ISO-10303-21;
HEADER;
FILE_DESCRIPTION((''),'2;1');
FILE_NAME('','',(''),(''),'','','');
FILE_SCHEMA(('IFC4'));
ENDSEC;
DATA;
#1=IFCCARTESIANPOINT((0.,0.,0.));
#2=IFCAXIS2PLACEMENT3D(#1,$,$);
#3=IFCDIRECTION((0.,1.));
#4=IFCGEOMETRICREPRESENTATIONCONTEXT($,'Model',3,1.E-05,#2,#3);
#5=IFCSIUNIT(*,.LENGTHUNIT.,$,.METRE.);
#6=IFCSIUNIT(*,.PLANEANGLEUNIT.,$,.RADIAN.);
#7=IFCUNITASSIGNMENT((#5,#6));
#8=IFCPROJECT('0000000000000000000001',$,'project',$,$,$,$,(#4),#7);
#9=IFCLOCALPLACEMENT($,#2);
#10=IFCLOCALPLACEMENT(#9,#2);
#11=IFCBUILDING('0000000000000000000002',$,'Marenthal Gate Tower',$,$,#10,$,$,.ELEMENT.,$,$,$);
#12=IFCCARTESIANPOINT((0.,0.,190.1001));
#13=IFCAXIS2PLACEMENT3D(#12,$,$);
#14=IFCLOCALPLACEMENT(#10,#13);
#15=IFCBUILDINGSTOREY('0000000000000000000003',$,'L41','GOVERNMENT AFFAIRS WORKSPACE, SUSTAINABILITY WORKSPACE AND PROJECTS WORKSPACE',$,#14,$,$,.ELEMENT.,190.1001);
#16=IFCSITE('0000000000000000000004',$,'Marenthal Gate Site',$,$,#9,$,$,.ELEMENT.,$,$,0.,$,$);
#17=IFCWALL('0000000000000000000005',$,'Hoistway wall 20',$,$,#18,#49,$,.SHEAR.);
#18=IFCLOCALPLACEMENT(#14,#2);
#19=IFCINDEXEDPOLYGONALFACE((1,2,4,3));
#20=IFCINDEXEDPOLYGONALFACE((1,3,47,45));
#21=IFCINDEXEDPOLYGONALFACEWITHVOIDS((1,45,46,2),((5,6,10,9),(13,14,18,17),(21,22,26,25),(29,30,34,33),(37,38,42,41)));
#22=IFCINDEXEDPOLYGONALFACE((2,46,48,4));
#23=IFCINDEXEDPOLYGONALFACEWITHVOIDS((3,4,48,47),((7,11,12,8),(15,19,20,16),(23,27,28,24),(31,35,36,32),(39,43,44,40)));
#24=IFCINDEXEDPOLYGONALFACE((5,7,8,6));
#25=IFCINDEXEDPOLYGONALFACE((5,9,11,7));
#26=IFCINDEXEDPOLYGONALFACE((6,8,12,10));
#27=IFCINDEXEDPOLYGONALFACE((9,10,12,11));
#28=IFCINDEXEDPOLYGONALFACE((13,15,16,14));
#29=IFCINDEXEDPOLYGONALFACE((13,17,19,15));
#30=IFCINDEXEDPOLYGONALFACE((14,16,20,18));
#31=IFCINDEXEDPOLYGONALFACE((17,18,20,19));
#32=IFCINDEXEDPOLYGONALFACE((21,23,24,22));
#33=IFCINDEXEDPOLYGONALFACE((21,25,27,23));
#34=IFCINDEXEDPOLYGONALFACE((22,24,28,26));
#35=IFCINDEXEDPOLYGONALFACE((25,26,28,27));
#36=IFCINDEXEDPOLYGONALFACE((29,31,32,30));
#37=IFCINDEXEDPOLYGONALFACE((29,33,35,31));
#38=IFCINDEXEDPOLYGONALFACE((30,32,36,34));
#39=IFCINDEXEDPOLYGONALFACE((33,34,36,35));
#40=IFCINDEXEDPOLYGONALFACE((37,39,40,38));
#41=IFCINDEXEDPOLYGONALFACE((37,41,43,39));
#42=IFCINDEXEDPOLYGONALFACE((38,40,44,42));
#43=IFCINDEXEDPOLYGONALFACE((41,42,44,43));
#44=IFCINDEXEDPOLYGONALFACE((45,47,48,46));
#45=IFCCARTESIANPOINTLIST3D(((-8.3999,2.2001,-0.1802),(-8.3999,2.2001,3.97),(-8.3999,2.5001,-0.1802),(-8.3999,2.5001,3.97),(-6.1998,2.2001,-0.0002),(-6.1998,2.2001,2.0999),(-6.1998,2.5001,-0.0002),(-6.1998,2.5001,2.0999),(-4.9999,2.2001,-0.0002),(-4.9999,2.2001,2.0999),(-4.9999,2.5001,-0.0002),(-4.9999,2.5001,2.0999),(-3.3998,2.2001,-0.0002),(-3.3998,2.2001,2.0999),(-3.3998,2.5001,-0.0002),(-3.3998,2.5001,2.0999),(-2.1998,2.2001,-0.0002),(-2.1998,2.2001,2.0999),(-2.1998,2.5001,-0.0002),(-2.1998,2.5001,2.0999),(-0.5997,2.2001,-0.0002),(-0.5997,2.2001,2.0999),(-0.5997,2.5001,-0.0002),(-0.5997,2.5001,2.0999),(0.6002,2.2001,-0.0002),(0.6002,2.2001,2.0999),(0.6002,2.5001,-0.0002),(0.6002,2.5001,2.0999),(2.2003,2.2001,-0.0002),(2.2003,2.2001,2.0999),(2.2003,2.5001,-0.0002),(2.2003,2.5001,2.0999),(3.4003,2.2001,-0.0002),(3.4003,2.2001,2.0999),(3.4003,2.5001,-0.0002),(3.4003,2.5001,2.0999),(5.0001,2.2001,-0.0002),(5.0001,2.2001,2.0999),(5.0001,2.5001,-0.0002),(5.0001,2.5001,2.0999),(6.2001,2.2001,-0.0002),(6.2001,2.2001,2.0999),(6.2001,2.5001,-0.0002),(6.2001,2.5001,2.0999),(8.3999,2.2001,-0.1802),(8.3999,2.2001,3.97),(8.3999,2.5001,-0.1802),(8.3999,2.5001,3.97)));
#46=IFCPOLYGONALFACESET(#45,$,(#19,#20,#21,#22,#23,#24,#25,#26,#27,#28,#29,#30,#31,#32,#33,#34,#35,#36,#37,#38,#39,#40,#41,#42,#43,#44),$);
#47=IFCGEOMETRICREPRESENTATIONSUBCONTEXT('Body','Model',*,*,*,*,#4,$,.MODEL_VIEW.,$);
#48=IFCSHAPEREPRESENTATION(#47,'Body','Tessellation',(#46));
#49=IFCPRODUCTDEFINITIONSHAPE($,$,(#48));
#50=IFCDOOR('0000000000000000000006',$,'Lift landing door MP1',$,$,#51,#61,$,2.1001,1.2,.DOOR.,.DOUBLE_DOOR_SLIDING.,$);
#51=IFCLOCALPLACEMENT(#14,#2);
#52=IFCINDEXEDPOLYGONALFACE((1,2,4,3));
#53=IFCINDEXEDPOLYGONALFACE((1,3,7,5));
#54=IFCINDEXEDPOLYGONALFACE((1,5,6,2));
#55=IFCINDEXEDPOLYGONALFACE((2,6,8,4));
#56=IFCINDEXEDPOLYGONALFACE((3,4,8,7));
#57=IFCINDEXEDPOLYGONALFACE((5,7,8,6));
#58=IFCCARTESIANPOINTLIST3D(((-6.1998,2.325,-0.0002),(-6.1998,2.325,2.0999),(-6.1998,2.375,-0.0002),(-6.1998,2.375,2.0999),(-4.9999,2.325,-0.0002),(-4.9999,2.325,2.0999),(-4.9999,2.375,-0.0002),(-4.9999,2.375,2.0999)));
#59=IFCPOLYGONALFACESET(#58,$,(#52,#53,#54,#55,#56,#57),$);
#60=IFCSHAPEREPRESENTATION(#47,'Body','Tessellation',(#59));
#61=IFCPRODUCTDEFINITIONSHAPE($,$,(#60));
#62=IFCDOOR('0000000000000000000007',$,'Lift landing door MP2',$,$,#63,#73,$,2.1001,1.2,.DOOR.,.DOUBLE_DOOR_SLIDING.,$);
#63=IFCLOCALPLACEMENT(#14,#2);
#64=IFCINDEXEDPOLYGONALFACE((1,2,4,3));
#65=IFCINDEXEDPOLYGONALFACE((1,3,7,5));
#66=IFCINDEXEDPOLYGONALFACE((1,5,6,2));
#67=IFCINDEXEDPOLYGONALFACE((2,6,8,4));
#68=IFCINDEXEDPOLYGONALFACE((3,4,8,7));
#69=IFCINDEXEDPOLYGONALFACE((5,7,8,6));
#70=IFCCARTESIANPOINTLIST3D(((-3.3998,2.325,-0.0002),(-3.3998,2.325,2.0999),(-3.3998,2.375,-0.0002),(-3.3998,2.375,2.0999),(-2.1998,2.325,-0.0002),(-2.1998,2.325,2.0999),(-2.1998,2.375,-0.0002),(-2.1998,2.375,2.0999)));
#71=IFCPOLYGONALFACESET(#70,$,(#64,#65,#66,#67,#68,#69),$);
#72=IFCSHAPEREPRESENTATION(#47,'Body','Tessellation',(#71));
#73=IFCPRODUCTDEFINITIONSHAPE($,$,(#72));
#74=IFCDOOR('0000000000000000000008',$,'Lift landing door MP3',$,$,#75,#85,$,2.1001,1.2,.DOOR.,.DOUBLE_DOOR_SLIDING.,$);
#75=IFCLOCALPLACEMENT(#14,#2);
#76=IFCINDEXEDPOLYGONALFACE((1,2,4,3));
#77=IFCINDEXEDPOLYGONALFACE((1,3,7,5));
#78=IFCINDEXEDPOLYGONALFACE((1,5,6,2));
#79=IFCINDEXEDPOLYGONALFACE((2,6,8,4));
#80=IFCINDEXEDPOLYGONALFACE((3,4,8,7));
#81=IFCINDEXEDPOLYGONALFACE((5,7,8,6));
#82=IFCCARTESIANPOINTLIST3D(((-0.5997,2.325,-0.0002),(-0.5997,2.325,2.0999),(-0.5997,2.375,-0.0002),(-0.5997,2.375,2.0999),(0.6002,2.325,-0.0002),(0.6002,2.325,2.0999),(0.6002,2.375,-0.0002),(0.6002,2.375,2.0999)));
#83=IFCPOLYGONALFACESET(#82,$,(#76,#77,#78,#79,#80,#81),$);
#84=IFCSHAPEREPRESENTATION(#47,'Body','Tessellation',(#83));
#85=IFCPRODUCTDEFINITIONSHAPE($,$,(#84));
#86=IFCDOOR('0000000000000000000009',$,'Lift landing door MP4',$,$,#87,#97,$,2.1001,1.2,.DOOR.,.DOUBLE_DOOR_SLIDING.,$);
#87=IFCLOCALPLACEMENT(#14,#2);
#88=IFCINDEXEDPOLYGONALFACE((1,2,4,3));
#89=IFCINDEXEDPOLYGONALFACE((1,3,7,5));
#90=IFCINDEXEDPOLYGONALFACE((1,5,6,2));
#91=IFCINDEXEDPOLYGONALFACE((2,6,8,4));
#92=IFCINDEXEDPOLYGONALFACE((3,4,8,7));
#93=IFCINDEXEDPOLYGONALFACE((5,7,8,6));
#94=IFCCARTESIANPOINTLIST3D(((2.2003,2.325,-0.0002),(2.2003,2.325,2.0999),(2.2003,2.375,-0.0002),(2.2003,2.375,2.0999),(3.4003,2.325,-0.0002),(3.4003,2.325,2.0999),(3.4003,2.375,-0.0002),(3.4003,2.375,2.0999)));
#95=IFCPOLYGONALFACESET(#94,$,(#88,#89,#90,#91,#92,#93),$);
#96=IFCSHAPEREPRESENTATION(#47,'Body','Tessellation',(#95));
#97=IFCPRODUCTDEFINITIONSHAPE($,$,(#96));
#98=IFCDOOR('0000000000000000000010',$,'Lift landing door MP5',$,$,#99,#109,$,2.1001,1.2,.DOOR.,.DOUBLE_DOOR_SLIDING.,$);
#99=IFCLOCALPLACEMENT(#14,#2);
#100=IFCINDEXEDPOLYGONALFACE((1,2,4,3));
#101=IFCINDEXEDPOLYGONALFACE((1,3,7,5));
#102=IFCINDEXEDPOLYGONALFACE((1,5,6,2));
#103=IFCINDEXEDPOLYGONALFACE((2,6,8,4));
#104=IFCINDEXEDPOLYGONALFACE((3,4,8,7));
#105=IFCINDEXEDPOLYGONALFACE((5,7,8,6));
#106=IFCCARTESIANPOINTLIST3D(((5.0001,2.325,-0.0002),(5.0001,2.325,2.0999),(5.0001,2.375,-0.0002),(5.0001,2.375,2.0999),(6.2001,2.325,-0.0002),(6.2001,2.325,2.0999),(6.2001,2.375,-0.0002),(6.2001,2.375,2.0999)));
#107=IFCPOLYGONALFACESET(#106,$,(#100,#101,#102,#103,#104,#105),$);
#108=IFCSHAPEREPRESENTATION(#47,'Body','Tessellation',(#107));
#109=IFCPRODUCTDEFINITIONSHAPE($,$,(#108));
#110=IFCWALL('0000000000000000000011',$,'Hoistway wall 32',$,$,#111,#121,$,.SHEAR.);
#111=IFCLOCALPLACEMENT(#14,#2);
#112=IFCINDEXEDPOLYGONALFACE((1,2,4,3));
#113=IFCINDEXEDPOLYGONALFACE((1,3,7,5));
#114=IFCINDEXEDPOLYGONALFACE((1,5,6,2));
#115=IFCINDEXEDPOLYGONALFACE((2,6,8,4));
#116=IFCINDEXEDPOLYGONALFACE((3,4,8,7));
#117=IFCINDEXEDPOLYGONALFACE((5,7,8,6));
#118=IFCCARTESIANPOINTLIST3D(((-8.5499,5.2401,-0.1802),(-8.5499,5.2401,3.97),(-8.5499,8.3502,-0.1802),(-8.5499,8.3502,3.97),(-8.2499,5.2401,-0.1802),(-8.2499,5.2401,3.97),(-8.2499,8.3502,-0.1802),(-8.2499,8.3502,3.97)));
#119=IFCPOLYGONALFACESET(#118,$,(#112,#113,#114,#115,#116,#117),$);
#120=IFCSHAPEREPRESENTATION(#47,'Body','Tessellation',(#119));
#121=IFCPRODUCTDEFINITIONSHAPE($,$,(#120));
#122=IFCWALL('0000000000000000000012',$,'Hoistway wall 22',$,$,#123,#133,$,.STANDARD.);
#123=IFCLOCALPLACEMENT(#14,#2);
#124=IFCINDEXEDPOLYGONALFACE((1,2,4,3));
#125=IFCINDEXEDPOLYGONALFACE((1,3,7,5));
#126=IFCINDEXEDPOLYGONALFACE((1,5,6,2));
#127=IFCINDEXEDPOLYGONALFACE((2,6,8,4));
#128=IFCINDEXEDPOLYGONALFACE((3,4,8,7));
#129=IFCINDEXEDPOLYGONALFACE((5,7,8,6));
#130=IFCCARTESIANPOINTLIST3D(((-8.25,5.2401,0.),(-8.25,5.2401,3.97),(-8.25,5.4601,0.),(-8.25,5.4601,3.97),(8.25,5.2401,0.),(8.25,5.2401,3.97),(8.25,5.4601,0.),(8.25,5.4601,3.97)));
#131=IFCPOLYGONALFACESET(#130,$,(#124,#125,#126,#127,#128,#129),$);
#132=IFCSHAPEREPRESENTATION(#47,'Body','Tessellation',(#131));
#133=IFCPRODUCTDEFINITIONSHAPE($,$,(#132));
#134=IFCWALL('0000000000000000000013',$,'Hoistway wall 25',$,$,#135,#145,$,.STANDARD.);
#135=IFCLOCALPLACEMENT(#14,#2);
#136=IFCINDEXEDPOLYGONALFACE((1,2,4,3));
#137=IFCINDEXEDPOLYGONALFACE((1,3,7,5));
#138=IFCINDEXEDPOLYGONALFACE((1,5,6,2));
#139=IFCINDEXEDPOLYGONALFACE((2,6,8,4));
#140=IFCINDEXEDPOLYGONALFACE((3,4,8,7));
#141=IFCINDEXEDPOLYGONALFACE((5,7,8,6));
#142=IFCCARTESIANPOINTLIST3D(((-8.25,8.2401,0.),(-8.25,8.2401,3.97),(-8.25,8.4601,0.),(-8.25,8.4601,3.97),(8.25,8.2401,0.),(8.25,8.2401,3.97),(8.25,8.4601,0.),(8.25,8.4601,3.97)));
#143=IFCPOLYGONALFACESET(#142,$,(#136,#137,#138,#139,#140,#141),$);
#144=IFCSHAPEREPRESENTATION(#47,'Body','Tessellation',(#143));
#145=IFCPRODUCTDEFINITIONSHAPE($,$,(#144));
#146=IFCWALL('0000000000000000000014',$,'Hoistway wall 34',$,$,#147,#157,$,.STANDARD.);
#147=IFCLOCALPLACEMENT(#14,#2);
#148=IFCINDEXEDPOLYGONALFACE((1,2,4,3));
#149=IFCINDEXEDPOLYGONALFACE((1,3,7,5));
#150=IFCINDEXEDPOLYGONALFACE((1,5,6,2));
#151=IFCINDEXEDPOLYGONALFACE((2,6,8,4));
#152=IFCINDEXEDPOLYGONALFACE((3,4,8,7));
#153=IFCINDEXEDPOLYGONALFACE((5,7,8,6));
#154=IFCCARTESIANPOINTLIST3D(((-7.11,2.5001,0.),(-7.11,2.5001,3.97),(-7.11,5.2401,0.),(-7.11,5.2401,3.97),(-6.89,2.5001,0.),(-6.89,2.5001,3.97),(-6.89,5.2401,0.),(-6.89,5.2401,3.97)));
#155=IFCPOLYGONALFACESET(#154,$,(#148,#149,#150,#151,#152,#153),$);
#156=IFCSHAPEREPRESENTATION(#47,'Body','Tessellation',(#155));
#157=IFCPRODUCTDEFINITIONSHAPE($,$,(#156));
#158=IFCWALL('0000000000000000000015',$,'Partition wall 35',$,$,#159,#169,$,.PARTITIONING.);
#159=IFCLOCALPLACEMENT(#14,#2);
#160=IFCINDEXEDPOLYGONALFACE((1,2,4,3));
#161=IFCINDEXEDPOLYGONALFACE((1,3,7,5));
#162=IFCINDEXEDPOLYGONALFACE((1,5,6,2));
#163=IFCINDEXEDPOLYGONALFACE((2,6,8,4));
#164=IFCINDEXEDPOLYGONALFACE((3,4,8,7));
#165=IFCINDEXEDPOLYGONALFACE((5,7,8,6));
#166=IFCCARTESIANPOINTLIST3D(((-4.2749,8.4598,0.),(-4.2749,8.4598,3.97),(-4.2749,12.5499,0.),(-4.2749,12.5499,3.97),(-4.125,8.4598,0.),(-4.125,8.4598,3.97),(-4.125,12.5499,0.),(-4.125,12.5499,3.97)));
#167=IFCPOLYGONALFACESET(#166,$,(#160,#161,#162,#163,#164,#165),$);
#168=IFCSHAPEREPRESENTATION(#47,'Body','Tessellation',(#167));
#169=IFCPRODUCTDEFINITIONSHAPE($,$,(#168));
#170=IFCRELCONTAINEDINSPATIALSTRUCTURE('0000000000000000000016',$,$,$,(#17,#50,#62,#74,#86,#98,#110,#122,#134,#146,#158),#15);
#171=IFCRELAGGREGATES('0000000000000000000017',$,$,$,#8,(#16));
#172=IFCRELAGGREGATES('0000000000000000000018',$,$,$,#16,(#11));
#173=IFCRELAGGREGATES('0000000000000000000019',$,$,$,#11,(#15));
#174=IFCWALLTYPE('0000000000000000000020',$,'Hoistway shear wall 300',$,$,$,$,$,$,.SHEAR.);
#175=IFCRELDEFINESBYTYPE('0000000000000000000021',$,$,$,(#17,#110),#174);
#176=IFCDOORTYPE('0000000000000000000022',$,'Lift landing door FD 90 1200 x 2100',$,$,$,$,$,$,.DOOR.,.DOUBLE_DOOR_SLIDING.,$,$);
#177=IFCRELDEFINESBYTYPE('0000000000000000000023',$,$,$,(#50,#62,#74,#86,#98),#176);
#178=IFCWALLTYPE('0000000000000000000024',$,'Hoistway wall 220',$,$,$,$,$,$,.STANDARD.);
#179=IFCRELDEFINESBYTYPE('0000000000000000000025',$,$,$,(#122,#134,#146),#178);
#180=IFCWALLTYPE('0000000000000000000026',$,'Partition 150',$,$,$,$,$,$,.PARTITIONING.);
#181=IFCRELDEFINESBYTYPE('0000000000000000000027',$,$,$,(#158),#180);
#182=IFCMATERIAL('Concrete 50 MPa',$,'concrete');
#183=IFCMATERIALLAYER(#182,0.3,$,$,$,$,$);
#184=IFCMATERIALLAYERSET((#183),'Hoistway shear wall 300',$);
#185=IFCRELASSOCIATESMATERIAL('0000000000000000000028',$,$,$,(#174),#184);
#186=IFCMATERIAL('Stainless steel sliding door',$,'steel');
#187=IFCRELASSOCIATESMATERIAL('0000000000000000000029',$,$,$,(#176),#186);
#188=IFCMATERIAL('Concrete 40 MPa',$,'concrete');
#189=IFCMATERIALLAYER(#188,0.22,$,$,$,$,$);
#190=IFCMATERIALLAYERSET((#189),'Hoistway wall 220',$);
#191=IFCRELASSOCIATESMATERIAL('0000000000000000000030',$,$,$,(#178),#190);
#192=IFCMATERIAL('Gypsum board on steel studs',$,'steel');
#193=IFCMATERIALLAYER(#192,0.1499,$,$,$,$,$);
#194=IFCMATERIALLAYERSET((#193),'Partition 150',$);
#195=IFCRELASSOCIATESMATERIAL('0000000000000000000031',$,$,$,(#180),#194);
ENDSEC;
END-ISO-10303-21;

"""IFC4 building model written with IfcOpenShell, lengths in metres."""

from ifc_helpers import new_model, si_unit, direction, frame, frame_2d, origin, place, context, subcontext, project, spatial, rectangle, extrude, material, layer, layer_set, type_object, element, fill, save


model = new_model("IFC4")

# Units and contexts
model_context = context("Model", 3, precision=1e-05, world=origin(), true_north=direction((0.0, 1.0)))
body_context = subcontext(model_context, "Body", "Model", "MODEL_VIEW")
ifc_project = project(units=[si_unit("LENGTHUNIT", "METRE"), si_unit("PLANEANGLEUNIT", "RADIAN")], contexts=[model_context])

# Site, building, storey
site_placement = place(None, origin())
site = spatial("IfcSite", under=ifc_project, at=site_placement, Name="Marenthal Gate Site", CompositionType="ELEMENT", RefElevation=0.0)
building_placement = place(site_placement, origin())
building = spatial("IfcBuilding", under=site, at=building_placement, Name="Marenthal Gate Tower", CompositionType="ELEMENT")
storey_placement = place(building_placement, frame((0.0, 0.0, 190.1001)))
storey = spatial("IfcBuildingStorey", under=building, at=storey_placement, Name="L41", Description="GOVERNMENT AFFAIRS WORKSPACE, SUSTAINABILITY WORKSPACE AND PROJECTS WORKSPACE", CompositionType="ELEMENT", Elevation=190.1001)

# Wall, openings, doors
ifc_material_1 = material(Name="Concrete 50 MPa", Category="concrete")
ifc_layer_1 = layer(ifc_material_1, 0.3)
ifc_layer_set_1 = layer_set([ifc_layer_1], Name="Hoistway shear wall 300")
wall_type_1 = type_object("IfcWallType", Name="Hoistway shear wall 300", PredefinedType="SHEAR", material=ifc_layer_set_1)
wall_1_placement = place(storey_placement, frame((-8.3999, 2.3501, -0.1802), z_axis=(0.0, 0.0, 1.0), x_axis=(1.0, 0.0, 0.0)))
wall_1 = element("IfcWall", 1, at=wall_1_placement, inside=storey, type_object=wall_type_1, Name="Hoistway wall 20", PredefinedType="SHEAR", context=body_context, shape_type="SweptSolid", body=[
    extrude(rectangle(XDim=16.7998, YDim=0.3, at=frame_2d((8.3999, 0.0))), origin(), (0.0, 0.0, 1.0), 4.1501),
])
opening_1_placement = place(wall_1_placement, frame((2.2, 0.0, 0.1799)))
opening_1 = element("IfcOpeningElement", 2, at=opening_1_placement, cuts=wall_1, PredefinedType="OPENING", context=body_context, shape_type="SweptSolid", body=[
    extrude(rectangle(XDim=1.2, YDim=2.1001, at=frame_2d((0.6001, 1.05))), frame((0.0, 0.1602, 0.0), z_axis=(0.0, -1.0, 0.0), x_axis=(1.0, 0.0, 0.0)), (0.0, 0.0, 1.0), 0.3201),
])
opening_2_placement = place(wall_1_placement, frame((5.0, 0.0, 0.1799)))
opening_2 = element("IfcOpeningElement", 3, at=opening_2_placement, cuts=wall_1, PredefinedType="OPENING", context=body_context, shape_type="SweptSolid", body=[
    extrude(rectangle(XDim=1.2, YDim=2.1001, at=frame_2d((0.6001, 1.05))), frame((0.0, 0.1602, 0.0), z_axis=(0.0, -1.0, 0.0), x_axis=(1.0, 0.0, 0.0)), (0.0, 0.0, 1.0), 0.3201),
])
opening_3_placement = place(wall_1_placement, frame((7.8, 0.0, 0.1799)))
opening_3 = element("IfcOpeningElement", 4, at=opening_3_placement, cuts=wall_1, PredefinedType="OPENING", context=body_context, shape_type="SweptSolid", body=[
    extrude(rectangle(XDim=1.2, YDim=2.1001, at=frame_2d((0.6001, 1.05))), frame((0.0, 0.1602, 0.0), z_axis=(0.0, -1.0, 0.0), x_axis=(1.0, 0.0, 0.0)), (0.0, 0.0, 1.0), 0.3201),
])
opening_4_placement = place(wall_1_placement, frame((10.6001, 0.0, 0.1799)))
opening_4 = element("IfcOpeningElement", 5, at=opening_4_placement, cuts=wall_1, PredefinedType="OPENING", context=body_context, shape_type="SweptSolid", body=[
    extrude(rectangle(XDim=1.2, YDim=2.1001, at=frame_2d((0.6001, 1.05))), frame((0.0, 0.1602, 0.0), z_axis=(0.0, -1.0, 0.0), x_axis=(1.0, 0.0, 0.0)), (0.0, 0.0, 1.0), 0.3201),
])
opening_5_placement = place(wall_1_placement, frame((13.3999, 0.0, 0.1799)))
opening_5 = element("IfcOpeningElement", 6, at=opening_5_placement, cuts=wall_1, PredefinedType="OPENING", context=body_context, shape_type="SweptSolid", body=[
    extrude(rectangle(XDim=1.2, YDim=2.1001, at=frame_2d((0.6001, 1.05))), frame((0.0, 0.1602, 0.0), z_axis=(0.0, -1.0, 0.0), x_axis=(1.0, 0.0, 0.0)), (0.0, 0.0, 1.0), 0.3201),
])
ifc_material_2 = material(Name="Stainless steel sliding door", Category="steel")
door_type = type_object("IfcDoorType", Name="Lift landing door FD 90 1200 x 2100", OperationType="DOUBLE_DOOR_SLIDING", PredefinedType="DOOR", material=ifc_material_2)
door_1_placement = place(opening_1_placement, origin())
door_1 = element("IfcDoor", 7, at=door_1_placement, inside=storey, type_object=door_type, Name="Lift landing door MP1", OperationType="DOUBLE_DOOR_SLIDING", OverallHeight=2.1001, OverallWidth=1.2, PredefinedType="DOOR", context=body_context, shape_type="SweptSolid", body=[
    extrude(rectangle(XDim=1.2, YDim=2.1001, at=frame_2d((0.6001, 1.05))), frame((0.0, 0.0249, 0.0), z_axis=(0.0, -1.0, 0.0), x_axis=(1.0, 0.0, 0.0)), (0.0, 0.0, 1.0), 0.05),
])
fill(opening_1, door_1)
door_2_placement = place(opening_2_placement, origin())
door_2 = element("IfcDoor", 8, at=door_2_placement, inside=storey, type_object=door_type, Name="Lift landing door MP2", OperationType="DOUBLE_DOOR_SLIDING", OverallHeight=2.1001, OverallWidth=1.2, PredefinedType="DOOR", context=body_context, shape_type="SweptSolid", body=[
    extrude(rectangle(XDim=1.2, YDim=2.1001, at=frame_2d((0.6001, 1.05))), frame((0.0, 0.0249, 0.0), z_axis=(0.0, -1.0, 0.0), x_axis=(1.0, 0.0, 0.0)), (0.0, 0.0, 1.0), 0.05),
])
fill(opening_2, door_2)
door_3_placement = place(opening_3_placement, origin())
door_3 = element("IfcDoor", 9, at=door_3_placement, inside=storey, type_object=door_type, Name="Lift landing door MP3", OperationType="DOUBLE_DOOR_SLIDING", OverallHeight=2.1001, OverallWidth=1.2, PredefinedType="DOOR", context=body_context, shape_type="SweptSolid", body=[
    extrude(rectangle(XDim=1.2, YDim=2.1001, at=frame_2d((0.6001, 1.05))), frame((0.0, 0.0249, 0.0), z_axis=(0.0, -1.0, 0.0), x_axis=(1.0, 0.0, 0.0)), (0.0, 0.0, 1.0), 0.05),
])
fill(opening_3, door_3)
door_4_placement = place(opening_4_placement, origin())
door_4 = element("IfcDoor", 10, at=door_4_placement, inside=storey, type_object=door_type, Name="Lift landing door MP4", OperationType="DOUBLE_DOOR_SLIDING", OverallHeight=2.1001, OverallWidth=1.2, PredefinedType="DOOR", context=body_context, shape_type="SweptSolid", body=[
    extrude(rectangle(XDim=1.2, YDim=2.1001, at=frame_2d((0.6001, 1.05))), frame((0.0, 0.0249, 0.0), z_axis=(0.0, -1.0, 0.0), x_axis=(1.0, 0.0, 0.0)), (0.0, 0.0, 1.0), 0.05),
])
fill(opening_4, door_4)
door_5_placement = place(opening_5_placement, origin())
door_5 = element("IfcDoor", 11, at=door_5_placement, inside=storey, type_object=door_type, Name="Lift landing door MP5", OperationType="DOUBLE_DOOR_SLIDING", OverallHeight=2.1001, OverallWidth=1.2, PredefinedType="DOOR", context=body_context, shape_type="SweptSolid", body=[
    extrude(rectangle(XDim=1.2, YDim=2.1001, at=frame_2d((0.6001, 1.05))), frame((0.0, 0.0249, 0.0), z_axis=(0.0, -1.0, 0.0), x_axis=(1.0, 0.0, 0.0)), (0.0, 0.0, 1.0), 0.05),
])
fill(opening_5, door_5)

# Walls
wall_2_placement = place(storey_placement, frame((-8.3999, 5.24, -0.1802), z_axis=(0.0, 0.0, 1.0), x_axis=(0.0, 1.0, 0.0)))
element("IfcWall", 12, at=wall_2_placement, inside=storey, type_object=wall_type_1, Name="Hoistway wall 32", PredefinedType="SHEAR", context=body_context, shape_type="SweptSolid", body=[
    extrude(rectangle(XDim=3.1101, YDim=0.3, at=frame_2d((1.5552, 0.0))), origin(), (0.0, 0.0, 1.0), 4.1501),
])
ifc_material_3 = material(Name="Concrete 40 MPa", Category="concrete")
ifc_layer_2 = layer(ifc_material_3, 0.22)
ifc_layer_set_2 = layer_set([ifc_layer_2], Name="Hoistway wall 220")
wall_type_2 = type_object("IfcWallType", Name="Hoistway wall 220", PredefinedType="STANDARD", material=ifc_layer_set_2)
for number, where, z_axis, x_axis, name in (
    (13, (-8.25, 5.3501, 0.0), (0.0, 0.0, 1.0), (1.0, 0.0, 0.0), "Hoistway wall 22"),
    (14, (-8.25, 8.3501, 0.0), (0.0, 0.0, 1.0), (1.0, 0.0, 0.0), "Hoistway wall 25"),
):
    element("IfcWall", number, at=place(storey_placement, frame(where, z_axis=z_axis, x_axis=x_axis)), inside=storey, type_object=wall_type_2, Name=name, PredefinedType="STANDARD", context=body_context, shape_type="SweptSolid", body=[
        extrude(rectangle(XDim=16.5, YDim=0.22, at=frame_2d((8.25, 0.0))), origin(), (0.0, 0.0, 1.0), 3.97),
    ])
wall_3_placement = place(storey_placement, frame((-7.0, 2.5, 0.0), z_axis=(0.0, 0.0, 1.0), x_axis=(0.0, 1.0, 0.0)))
element("IfcWall", 15, at=wall_3_placement, inside=storey, type_object=wall_type_2, Name="Hoistway wall 34", PredefinedType="STANDARD", context=body_context, shape_type="SweptSolid", body=[
    extrude(rectangle(XDim=2.74, YDim=0.22, at=frame_2d((1.3701, 0.0))), origin(), (0.0, 0.0, 1.0), 3.97),
])
ifc_material_4 = material(Name="Gypsum board on steel studs", Category="steel")
ifc_layer_3 = layer(ifc_material_4, 0.1499)
ifc_layer_set_3 = layer_set([ifc_layer_3], Name="Partition 150")
wall_type_3 = type_object("IfcWallType", Name="Partition 150", PredefinedType="PARTITIONING", material=ifc_layer_set_3)
wall_4_placement = place(storey_placement, frame((-4.2, 8.46, 0.0), z_axis=(0.0, 0.0, 1.0), x_axis=(0.0, 1.0, 0.0)))
element("IfcWall", 16, at=wall_4_placement, inside=storey, type_object=wall_type_3, Name="Partition wall 35", PredefinedType="PARTITIONING", context=body_context, shape_type="SweptSolid", body=[
    extrude(rectangle(XDim=4.0901, YDim=0.1499, at=frame_2d((2.0449, 0.0))), origin(), (0.0, 0.0, 1.0), 3.97),
])

save(model, "model.ifc")
